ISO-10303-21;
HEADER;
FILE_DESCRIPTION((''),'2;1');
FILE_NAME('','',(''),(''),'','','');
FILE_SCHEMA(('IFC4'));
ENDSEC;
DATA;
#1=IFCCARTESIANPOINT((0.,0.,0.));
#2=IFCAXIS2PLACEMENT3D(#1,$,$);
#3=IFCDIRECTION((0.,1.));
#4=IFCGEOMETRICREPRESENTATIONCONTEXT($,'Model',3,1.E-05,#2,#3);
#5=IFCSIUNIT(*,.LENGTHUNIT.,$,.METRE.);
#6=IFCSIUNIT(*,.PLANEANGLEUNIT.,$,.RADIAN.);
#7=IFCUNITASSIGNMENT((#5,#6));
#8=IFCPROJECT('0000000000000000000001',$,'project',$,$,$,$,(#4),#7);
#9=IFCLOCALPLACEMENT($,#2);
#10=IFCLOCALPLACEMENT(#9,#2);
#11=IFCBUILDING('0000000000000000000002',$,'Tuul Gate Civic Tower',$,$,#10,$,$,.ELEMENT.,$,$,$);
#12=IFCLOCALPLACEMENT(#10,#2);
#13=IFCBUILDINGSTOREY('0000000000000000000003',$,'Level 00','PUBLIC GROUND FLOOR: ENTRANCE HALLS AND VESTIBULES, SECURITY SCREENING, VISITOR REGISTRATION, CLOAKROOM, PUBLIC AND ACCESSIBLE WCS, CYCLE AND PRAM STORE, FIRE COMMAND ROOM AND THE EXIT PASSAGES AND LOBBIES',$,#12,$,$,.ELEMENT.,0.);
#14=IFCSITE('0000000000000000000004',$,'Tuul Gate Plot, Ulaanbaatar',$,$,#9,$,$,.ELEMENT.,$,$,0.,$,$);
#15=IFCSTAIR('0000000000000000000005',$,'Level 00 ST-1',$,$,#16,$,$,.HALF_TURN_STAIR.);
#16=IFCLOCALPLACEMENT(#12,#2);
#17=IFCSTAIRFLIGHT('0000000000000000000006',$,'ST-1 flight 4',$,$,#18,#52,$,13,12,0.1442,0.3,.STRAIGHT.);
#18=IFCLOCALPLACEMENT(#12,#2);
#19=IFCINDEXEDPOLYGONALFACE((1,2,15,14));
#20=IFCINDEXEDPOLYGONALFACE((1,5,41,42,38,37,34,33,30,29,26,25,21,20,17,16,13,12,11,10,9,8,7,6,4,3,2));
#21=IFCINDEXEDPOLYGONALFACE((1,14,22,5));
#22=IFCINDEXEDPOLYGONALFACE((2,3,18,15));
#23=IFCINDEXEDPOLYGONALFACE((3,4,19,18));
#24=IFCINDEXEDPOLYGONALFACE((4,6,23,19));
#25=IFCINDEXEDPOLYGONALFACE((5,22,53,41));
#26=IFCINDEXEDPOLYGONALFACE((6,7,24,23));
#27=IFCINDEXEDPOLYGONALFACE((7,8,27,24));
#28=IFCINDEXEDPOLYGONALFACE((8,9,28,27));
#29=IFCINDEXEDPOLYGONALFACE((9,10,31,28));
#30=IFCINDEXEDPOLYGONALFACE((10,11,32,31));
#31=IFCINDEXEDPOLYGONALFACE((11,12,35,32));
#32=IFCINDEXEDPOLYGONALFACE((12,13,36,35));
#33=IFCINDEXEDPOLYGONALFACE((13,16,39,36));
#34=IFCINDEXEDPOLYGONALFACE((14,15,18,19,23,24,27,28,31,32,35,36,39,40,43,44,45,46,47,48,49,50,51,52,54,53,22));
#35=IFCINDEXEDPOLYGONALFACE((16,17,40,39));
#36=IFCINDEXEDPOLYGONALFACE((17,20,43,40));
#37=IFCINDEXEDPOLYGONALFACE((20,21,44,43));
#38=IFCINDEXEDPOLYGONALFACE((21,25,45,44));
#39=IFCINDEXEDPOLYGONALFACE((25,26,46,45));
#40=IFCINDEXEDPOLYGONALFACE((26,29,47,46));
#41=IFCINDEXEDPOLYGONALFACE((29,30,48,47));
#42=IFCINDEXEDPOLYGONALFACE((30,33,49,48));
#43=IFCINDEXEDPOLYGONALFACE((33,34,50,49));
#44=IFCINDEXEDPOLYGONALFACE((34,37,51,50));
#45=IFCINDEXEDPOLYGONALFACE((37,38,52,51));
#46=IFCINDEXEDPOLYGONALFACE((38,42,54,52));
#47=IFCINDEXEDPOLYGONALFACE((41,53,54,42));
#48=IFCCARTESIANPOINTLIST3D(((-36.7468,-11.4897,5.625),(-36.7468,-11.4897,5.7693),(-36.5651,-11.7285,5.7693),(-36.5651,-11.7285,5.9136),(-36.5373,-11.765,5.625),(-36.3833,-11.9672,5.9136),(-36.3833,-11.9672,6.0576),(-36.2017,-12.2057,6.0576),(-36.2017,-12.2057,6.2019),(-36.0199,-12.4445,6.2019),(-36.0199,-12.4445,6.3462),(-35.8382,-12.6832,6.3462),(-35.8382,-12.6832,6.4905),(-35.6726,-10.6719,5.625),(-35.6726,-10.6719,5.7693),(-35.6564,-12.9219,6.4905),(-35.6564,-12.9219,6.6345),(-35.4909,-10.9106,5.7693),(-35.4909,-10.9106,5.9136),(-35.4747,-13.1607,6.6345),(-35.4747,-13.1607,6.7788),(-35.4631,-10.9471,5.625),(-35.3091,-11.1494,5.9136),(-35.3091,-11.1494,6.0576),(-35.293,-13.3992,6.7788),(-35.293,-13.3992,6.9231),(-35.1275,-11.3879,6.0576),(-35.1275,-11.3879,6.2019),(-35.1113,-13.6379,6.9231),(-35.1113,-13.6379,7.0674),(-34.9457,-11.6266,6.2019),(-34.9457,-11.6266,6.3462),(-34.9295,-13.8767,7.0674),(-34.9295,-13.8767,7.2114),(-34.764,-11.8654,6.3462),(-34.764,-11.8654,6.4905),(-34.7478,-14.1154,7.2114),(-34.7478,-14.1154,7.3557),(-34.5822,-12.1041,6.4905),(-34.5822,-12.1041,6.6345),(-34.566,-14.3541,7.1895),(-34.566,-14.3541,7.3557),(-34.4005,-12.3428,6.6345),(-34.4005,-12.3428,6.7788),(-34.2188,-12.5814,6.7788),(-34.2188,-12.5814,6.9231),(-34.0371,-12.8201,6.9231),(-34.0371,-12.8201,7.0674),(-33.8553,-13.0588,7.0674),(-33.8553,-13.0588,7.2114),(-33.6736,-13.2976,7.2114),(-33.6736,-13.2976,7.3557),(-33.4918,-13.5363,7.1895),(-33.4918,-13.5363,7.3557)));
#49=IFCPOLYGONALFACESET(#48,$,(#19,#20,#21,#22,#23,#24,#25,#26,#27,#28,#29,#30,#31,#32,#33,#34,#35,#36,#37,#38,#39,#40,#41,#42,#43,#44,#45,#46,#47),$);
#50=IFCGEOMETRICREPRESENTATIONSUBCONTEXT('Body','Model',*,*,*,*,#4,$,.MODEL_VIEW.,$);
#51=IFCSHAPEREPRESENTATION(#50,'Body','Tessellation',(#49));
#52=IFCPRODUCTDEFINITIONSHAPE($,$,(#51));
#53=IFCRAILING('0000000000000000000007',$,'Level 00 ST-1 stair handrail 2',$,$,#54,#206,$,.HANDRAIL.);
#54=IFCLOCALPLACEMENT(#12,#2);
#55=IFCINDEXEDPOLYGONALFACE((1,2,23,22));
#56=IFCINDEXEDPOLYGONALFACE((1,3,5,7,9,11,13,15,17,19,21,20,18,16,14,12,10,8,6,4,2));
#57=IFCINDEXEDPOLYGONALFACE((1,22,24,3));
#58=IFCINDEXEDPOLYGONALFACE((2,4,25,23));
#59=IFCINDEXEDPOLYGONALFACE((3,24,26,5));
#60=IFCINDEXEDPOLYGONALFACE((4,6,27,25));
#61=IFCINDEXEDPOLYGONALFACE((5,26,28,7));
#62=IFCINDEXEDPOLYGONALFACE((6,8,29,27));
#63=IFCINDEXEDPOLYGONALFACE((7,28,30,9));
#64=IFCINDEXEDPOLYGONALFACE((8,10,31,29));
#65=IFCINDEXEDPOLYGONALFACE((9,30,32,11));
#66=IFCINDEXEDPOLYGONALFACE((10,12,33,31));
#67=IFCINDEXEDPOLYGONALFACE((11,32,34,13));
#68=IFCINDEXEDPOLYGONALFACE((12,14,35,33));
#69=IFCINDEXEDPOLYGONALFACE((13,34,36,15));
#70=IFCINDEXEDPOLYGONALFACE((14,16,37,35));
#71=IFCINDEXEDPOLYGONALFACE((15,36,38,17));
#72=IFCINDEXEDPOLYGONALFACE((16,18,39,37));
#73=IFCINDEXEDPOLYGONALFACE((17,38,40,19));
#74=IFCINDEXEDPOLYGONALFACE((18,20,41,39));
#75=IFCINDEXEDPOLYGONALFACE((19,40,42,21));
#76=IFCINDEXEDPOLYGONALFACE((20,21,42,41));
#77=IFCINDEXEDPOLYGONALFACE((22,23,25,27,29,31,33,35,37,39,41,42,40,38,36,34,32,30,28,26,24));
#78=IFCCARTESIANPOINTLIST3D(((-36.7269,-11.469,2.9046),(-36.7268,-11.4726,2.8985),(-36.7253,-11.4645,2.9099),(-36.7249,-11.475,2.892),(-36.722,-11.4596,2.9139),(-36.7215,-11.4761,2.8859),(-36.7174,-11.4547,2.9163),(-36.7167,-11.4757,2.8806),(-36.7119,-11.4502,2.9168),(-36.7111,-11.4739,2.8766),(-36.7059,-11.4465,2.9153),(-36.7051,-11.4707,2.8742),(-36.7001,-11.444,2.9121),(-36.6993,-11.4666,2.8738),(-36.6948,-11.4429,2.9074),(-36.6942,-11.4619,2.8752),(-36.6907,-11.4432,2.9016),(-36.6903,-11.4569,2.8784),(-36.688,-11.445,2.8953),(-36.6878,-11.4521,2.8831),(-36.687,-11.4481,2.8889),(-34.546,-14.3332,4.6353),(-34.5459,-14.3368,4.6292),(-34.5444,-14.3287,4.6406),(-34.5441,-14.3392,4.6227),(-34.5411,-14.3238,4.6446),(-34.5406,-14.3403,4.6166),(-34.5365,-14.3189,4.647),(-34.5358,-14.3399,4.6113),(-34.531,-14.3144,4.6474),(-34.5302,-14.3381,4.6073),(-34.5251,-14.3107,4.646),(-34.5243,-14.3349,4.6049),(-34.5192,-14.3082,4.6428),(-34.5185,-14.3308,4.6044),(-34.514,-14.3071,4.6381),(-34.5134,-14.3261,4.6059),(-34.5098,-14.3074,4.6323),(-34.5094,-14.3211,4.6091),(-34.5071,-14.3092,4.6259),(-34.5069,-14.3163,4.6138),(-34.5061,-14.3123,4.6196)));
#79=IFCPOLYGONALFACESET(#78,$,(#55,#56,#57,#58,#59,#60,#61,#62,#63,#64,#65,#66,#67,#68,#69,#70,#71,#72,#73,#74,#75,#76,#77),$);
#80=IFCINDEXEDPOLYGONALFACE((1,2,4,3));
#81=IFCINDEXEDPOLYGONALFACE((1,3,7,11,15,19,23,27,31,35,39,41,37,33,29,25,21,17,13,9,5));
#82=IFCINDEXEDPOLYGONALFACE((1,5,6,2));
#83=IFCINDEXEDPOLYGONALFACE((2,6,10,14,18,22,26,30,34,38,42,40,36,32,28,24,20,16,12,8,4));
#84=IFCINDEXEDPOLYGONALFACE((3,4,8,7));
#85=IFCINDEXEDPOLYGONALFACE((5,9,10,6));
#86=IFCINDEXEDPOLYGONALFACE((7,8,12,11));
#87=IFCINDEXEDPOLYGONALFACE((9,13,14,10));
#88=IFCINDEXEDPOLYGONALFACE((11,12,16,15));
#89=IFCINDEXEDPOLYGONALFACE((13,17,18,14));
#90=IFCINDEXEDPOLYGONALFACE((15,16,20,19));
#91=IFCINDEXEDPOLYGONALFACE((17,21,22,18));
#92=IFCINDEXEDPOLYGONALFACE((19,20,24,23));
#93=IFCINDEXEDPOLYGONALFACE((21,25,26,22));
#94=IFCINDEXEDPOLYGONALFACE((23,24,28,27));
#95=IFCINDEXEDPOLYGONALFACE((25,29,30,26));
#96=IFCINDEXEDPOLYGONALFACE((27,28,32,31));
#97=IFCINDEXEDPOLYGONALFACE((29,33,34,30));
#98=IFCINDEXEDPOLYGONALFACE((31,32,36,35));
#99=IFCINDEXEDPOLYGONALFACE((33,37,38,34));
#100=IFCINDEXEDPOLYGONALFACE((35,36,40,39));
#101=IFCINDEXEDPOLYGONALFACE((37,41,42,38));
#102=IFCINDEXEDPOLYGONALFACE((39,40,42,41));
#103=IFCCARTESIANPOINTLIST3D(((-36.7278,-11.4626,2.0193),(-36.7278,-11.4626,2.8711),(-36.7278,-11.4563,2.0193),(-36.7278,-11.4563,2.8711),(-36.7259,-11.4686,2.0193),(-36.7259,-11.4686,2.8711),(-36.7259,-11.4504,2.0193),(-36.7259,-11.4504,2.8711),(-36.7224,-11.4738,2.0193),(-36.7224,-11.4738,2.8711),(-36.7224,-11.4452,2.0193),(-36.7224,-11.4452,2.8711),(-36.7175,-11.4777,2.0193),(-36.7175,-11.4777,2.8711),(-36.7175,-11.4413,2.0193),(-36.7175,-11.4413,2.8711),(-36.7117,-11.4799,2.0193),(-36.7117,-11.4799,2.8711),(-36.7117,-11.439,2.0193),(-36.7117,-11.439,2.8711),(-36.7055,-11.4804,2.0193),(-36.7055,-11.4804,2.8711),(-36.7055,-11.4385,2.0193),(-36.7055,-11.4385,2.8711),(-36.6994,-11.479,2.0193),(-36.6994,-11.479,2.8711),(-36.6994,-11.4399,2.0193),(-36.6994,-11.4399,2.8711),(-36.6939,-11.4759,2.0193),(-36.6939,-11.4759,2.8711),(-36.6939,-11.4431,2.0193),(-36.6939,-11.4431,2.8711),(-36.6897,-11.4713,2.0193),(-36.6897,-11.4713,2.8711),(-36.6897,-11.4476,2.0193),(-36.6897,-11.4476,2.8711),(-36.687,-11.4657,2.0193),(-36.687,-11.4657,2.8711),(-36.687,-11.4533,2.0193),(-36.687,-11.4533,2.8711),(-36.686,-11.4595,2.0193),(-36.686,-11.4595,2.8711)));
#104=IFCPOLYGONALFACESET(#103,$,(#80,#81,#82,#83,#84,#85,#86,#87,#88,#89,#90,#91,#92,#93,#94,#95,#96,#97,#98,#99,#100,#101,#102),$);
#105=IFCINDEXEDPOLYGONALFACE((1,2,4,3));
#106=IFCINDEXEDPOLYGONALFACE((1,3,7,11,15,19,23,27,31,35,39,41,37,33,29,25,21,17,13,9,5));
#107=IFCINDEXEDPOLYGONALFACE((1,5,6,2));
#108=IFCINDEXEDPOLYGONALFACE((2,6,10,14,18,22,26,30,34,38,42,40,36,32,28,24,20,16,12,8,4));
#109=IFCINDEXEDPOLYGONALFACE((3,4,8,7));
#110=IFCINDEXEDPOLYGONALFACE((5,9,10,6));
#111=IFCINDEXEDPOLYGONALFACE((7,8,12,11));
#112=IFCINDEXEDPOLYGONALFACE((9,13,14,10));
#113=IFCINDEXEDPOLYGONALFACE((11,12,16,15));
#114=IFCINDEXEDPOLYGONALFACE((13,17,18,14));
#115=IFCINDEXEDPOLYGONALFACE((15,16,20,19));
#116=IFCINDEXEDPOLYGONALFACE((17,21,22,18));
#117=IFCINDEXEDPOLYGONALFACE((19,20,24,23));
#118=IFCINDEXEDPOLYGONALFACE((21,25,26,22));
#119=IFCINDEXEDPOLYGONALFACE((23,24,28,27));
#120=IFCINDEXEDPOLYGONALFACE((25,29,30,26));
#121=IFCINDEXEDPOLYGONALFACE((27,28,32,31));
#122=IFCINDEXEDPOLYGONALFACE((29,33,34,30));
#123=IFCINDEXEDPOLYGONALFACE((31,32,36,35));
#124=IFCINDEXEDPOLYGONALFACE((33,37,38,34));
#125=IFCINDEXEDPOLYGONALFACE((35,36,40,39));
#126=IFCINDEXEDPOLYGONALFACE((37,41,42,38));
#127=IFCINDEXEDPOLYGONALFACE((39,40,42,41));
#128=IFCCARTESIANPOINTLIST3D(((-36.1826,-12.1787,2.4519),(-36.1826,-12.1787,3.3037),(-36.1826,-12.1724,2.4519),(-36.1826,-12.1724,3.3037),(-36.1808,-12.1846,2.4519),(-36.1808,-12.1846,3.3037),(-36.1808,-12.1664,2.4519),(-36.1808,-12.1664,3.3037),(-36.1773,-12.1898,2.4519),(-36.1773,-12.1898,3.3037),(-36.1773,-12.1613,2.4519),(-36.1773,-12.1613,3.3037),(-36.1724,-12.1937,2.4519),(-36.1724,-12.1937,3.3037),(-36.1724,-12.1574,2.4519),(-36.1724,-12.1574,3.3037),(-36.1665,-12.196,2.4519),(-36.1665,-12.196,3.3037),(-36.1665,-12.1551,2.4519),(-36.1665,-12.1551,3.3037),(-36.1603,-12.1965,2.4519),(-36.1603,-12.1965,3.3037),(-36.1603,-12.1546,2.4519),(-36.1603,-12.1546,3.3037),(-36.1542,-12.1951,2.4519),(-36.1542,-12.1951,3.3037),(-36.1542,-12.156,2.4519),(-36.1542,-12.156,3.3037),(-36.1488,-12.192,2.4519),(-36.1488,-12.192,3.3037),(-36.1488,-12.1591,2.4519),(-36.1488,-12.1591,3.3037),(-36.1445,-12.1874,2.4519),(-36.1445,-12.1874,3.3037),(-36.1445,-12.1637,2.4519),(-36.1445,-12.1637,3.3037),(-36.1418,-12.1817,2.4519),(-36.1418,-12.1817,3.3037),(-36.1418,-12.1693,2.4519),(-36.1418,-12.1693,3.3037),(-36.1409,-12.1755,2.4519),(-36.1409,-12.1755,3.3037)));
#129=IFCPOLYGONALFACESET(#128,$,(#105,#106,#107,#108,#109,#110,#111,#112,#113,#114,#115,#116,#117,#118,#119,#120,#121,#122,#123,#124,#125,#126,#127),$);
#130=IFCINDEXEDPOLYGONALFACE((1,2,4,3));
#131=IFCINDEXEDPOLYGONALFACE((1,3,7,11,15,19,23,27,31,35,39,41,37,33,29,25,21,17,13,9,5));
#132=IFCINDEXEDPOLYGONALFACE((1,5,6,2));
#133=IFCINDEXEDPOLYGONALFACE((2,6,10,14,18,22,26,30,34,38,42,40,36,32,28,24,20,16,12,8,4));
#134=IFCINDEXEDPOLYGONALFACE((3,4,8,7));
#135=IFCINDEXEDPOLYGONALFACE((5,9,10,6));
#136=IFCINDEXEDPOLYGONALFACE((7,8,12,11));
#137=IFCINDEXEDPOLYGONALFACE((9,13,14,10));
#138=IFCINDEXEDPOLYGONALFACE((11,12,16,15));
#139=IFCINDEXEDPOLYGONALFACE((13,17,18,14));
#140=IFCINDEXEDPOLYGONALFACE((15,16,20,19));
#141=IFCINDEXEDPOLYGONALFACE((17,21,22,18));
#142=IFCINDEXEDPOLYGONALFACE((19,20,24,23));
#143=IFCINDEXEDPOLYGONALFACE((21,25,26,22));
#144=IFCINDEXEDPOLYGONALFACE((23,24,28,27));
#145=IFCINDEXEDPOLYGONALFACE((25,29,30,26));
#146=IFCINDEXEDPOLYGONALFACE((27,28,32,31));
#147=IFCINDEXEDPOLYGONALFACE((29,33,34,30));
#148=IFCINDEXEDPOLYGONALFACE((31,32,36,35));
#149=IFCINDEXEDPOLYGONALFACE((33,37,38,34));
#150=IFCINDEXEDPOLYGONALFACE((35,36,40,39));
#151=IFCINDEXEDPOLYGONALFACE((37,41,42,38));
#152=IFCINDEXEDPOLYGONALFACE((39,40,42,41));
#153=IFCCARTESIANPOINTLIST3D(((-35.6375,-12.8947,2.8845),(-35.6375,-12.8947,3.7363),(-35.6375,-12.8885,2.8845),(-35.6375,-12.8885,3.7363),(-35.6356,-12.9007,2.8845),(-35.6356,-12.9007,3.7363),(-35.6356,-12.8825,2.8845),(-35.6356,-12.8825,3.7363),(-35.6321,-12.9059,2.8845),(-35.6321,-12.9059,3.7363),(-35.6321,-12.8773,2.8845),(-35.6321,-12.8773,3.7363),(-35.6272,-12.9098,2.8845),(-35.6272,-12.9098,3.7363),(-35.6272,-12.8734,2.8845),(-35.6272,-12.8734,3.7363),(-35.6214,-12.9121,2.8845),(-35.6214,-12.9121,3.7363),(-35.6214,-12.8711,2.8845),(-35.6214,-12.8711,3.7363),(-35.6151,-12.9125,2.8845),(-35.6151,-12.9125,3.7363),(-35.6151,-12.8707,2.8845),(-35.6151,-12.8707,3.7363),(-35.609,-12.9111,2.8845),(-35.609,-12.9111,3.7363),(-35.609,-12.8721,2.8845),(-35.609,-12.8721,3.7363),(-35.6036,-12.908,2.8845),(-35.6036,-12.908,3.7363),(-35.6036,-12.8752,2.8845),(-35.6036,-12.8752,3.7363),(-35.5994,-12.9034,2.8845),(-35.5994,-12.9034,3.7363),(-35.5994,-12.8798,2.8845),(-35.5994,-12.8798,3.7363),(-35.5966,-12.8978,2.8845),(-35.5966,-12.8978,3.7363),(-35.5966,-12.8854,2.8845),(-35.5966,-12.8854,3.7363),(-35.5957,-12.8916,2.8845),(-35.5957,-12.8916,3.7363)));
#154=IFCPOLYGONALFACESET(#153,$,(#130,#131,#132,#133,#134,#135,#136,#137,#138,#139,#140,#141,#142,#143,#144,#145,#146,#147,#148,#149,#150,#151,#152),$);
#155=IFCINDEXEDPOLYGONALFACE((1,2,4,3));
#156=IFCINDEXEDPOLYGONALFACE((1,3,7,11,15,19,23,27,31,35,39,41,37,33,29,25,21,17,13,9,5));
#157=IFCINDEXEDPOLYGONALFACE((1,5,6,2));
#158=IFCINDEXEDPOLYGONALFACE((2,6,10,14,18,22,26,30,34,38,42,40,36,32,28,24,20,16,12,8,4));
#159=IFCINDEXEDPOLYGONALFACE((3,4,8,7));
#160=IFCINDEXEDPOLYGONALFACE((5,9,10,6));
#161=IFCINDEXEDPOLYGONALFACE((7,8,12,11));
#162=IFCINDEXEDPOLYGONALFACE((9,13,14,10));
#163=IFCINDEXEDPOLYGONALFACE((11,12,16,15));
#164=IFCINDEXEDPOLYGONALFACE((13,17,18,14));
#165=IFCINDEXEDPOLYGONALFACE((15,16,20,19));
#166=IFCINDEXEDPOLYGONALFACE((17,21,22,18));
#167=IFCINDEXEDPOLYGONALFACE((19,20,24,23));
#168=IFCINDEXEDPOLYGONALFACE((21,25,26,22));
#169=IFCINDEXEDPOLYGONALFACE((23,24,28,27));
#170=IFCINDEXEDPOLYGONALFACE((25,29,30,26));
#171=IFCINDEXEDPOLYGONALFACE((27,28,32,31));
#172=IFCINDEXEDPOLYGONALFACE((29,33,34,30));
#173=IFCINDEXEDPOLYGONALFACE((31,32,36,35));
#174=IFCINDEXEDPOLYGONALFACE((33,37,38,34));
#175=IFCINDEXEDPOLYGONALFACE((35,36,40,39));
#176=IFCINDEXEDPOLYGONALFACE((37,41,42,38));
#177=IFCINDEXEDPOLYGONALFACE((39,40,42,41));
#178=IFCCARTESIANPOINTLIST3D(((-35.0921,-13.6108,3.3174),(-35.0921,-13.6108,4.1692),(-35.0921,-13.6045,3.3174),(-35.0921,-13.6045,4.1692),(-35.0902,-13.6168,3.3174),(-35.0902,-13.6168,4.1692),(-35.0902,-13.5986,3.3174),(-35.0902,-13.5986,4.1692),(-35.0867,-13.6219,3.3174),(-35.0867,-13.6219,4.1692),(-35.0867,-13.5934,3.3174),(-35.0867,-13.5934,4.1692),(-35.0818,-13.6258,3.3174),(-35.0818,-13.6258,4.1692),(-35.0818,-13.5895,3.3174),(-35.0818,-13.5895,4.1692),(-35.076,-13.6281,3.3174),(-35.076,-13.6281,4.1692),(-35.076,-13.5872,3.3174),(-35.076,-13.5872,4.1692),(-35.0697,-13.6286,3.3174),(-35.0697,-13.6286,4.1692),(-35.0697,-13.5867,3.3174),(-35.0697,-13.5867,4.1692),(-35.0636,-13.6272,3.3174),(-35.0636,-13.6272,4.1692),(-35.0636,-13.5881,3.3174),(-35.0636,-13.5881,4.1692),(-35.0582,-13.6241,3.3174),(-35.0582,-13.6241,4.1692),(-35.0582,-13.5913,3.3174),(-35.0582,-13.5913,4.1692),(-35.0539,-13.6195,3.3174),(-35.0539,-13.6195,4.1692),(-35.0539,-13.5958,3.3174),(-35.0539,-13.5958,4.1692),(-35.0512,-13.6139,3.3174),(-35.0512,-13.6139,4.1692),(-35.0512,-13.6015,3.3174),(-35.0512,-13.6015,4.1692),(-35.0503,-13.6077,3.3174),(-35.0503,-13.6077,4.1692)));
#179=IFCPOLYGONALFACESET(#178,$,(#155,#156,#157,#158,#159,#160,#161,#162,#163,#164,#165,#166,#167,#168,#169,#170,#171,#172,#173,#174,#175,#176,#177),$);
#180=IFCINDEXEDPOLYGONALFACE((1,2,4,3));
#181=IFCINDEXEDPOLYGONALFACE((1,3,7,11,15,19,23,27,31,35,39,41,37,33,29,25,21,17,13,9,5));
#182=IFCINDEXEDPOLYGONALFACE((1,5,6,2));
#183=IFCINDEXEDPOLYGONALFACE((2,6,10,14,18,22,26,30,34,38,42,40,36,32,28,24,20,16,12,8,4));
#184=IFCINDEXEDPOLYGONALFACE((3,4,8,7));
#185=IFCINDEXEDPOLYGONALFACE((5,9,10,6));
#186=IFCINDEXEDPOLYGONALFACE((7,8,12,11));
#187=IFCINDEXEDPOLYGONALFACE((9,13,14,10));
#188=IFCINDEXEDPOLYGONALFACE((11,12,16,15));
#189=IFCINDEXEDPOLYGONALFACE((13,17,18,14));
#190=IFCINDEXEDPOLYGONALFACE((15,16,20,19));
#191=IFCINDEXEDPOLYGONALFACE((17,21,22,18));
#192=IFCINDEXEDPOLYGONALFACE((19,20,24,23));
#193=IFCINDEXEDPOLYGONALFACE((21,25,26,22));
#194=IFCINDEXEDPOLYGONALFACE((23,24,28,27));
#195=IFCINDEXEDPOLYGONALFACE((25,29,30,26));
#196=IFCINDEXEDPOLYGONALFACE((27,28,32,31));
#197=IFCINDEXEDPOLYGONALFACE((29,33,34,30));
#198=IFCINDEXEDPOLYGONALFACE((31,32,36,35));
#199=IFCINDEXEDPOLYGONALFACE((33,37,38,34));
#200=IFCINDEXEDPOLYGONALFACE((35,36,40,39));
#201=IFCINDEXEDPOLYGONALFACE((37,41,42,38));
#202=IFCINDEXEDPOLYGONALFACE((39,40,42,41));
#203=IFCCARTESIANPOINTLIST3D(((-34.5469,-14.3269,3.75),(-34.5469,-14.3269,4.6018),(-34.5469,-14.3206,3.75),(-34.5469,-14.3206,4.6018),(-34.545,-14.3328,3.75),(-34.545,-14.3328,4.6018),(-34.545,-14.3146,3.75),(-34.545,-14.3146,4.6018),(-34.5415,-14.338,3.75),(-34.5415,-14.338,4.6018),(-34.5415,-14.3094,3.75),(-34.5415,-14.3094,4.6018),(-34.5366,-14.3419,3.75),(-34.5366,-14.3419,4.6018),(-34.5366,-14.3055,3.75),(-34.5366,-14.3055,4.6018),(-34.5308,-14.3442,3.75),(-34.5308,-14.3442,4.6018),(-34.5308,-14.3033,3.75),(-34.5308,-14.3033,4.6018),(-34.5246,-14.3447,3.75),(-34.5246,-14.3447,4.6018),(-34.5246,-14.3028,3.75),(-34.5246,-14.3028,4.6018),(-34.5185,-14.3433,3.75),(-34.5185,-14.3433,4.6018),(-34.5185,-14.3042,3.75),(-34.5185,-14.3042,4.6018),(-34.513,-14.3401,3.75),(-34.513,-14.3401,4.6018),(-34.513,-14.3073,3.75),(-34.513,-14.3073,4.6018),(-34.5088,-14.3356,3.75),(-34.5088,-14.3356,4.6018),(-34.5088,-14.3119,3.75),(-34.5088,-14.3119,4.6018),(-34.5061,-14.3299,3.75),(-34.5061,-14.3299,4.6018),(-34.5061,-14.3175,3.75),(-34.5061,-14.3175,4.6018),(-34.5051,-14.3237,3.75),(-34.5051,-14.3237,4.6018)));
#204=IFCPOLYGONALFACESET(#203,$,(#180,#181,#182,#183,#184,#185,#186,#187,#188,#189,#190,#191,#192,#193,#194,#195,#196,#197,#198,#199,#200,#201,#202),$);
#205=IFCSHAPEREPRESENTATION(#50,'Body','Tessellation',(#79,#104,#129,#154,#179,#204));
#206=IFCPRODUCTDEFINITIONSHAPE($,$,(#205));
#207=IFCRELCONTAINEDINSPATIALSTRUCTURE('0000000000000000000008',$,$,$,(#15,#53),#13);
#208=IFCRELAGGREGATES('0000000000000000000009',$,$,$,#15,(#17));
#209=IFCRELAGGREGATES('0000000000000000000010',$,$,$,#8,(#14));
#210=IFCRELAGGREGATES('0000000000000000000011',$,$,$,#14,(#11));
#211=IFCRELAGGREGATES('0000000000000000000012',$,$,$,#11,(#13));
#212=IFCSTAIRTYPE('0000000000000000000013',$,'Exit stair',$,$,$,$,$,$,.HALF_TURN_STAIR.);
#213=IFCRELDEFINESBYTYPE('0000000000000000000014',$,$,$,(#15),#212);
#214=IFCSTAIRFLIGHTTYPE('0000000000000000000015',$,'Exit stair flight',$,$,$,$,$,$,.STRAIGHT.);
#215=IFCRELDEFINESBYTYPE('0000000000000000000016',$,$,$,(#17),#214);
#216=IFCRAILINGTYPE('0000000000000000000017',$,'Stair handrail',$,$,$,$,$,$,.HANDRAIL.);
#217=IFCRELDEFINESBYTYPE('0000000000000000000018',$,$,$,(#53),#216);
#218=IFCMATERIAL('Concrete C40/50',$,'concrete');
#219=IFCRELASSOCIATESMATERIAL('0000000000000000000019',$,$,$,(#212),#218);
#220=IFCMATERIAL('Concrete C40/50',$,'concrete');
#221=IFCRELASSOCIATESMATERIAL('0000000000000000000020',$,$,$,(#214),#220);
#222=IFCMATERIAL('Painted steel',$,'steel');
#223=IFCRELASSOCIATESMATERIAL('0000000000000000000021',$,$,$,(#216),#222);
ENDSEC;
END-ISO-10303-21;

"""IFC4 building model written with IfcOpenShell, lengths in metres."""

from ifc_helpers import new_model, si_unit, direction, frame, origin, origin_2d, place, context, subcontext, project, spatial, polyline, circle, outline, extrude, material, type_object, element, aggregate, save


model = new_model("IFC4")

# Units and contexts
model_context = context("Model", 3, precision=1e-05, world=origin(), true_north=direction((0.0, 1.0)))
body_context = subcontext(model_context, "Body", "Model", "MODEL_VIEW")
ifc_project = project(units=[si_unit("LENGTHUNIT", "METRE"), si_unit("PLANEANGLEUNIT", "RADIAN")], contexts=[model_context])

# Site, building, storey
site_placement = place(None, origin())
site = spatial("IfcSite", under=ifc_project, at=site_placement, Name="Tuul Gate Plot, Ulaanbaatar", CompositionType="ELEMENT", RefElevation=0.0)
building_placement = place(site_placement, origin())
building = spatial("IfcBuilding", under=site, at=building_placement, Name="Tuul Gate Civic Tower", CompositionType="ELEMENT")
storey_placement = place(building_placement, origin())
storey = spatial("IfcBuildingStorey", under=building, at=storey_placement, Name="Level 00", Description="PUBLIC GROUND FLOOR: ENTRANCE HALLS AND VESTIBULES, SECURITY SCREENING, VISITOR REGISTRATION, CLOAKROOM, PUBLIC AND ACCESSIBLE WCS, CYCLE AND PRAM STORE, FIRE COMMAND ROOM AND THE EXIT PASSAGES AND LOBBIES", CompositionType="ELEMENT", Elevation=0.0)

# Stair, stair flight
ifc_material_1 = material(Name="Concrete C40/50", Category="concrete")
stair_type = type_object("IfcStairType", Name="Exit stair", PredefinedType="HALF_TURN_STAIR", material=ifc_material_1)
stair_placement = place(storey_placement, origin())
stair = element("IfcStair", 1, at=stair_placement, inside=storey, type_object=stair_type, Name="Level 00 ST-1", PredefinedType="HALF_TURN_STAIR")
ifc_material_2 = material(Name="Concrete C40/50", Category="concrete")
stair_flight_type = type_object("IfcStairFlightType", Name="Exit stair flight", PredefinedType="STRAIGHT", material=ifc_material_2)
stair_flight_1_placement = place(storey_placement, frame((-36.2097, -11.0808, 5.625), z_axis=(0.0, 0.0, 1.0), x_axis=(0.605764, -0.795644, 0.0)))
stair_flight_1 = element("IfcStairFlight", 2, at=stair_flight_1_placement, type_object=stair_flight_type, Name="ST-1 flight 4", NumberOfRisers=13, NumberOfTreads=12, PredefinedType="STRAIGHT", RiserHeight=0.1442, TreadLength=0.3, context=body_context, shape_type="SweptSolid", body=[
    extrude(outline(polyline([(0.0, 0.0), (0.0, 0.1443), (0.3, 0.1443), (0.3, 0.2886), (0.6001, 0.2886), (0.6001, 0.4326), (0.8999, 0.4326), (0.8999, 0.5769), (1.2, 0.5769), (1.2, 0.7212), (1.5, 0.7212), (1.5, 0.8655), (1.8, 0.8655), (1.8, 1.0095), (2.1001, 1.0095), (2.1001, 1.1538), (2.3999, 1.1538), (2.3999, 1.2981), (2.7, 1.2981), (2.7, 1.4424), (3.0, 1.4424), (3.0, 1.5864), (3.3, 1.5864), (3.3, 1.7307), (3.6001, 1.7307), (3.6001, 1.875), (3.6001, 1.5645), (0.3459, 0.0), (0.0, 0.0)])), frame((0.0, 0.675, 0.0), z_axis=(0.0, -1.0, 0.0), x_axis=(1.0, 0.0, 0.0)), (0.0, 0.0, 1.0), 1.3501),
])
aggregate(stair, [stair_flight_1])

# Railing
ifc_material_3 = material(Name="Painted steel", Category="steel")
railing_type = type_object("IfcRailingType", Name="Stair handrail", PredefinedType="HANDRAIL", material=ifc_material_3)
for number, where, name in (
    (3, (-36.707, -11.4595, 2.0193), "Level 00 ST-1 stair handrail 2"),
):
    element("IfcRailing", number, at=place(storey_placement, frame(where)), inside=storey, type_object=railing_type, Name=name, PredefinedType="HANDRAIL", context=body_context, shape_type="SweptSolid", body=[
        extrude(circle(Radius=0.0239, at=origin_2d()), frame((0.0, 0.0, 0.876), z_axis=(0.545983, -0.717058, 0.433278), x_axis=(0.795617, 0.6058, 0.0)), (0.0, 0.0, 1.0), 3.9944),
        extrude(circle(Radius=0.021, at=origin_2d()), origin(), (0.0, 0.0, 1.0), 0.8518),
        extrude(circle(Radius=0.021, at=origin_2d()), frame((0.5452, -0.7161, 0.4326)), (0.0, 0.0, 1.0), 0.8518),
        extrude(circle(Radius=0.021, at=origin_2d()), frame((1.0903, -1.4321, 0.8652)), (0.0, 0.0, 1.0), 0.8518),
        extrude(circle(Radius=0.021, at=origin_2d()), frame((1.6357, -2.1482, 1.2981)), (0.0, 0.0, 1.0), 0.8518),
        extrude(circle(Radius=0.021, at=origin_2d()), frame((2.1809, -2.8643, 1.7307)), (0.0, 0.0, 1.0), 0.8518),
    ])

save(model, "model.ifc")
